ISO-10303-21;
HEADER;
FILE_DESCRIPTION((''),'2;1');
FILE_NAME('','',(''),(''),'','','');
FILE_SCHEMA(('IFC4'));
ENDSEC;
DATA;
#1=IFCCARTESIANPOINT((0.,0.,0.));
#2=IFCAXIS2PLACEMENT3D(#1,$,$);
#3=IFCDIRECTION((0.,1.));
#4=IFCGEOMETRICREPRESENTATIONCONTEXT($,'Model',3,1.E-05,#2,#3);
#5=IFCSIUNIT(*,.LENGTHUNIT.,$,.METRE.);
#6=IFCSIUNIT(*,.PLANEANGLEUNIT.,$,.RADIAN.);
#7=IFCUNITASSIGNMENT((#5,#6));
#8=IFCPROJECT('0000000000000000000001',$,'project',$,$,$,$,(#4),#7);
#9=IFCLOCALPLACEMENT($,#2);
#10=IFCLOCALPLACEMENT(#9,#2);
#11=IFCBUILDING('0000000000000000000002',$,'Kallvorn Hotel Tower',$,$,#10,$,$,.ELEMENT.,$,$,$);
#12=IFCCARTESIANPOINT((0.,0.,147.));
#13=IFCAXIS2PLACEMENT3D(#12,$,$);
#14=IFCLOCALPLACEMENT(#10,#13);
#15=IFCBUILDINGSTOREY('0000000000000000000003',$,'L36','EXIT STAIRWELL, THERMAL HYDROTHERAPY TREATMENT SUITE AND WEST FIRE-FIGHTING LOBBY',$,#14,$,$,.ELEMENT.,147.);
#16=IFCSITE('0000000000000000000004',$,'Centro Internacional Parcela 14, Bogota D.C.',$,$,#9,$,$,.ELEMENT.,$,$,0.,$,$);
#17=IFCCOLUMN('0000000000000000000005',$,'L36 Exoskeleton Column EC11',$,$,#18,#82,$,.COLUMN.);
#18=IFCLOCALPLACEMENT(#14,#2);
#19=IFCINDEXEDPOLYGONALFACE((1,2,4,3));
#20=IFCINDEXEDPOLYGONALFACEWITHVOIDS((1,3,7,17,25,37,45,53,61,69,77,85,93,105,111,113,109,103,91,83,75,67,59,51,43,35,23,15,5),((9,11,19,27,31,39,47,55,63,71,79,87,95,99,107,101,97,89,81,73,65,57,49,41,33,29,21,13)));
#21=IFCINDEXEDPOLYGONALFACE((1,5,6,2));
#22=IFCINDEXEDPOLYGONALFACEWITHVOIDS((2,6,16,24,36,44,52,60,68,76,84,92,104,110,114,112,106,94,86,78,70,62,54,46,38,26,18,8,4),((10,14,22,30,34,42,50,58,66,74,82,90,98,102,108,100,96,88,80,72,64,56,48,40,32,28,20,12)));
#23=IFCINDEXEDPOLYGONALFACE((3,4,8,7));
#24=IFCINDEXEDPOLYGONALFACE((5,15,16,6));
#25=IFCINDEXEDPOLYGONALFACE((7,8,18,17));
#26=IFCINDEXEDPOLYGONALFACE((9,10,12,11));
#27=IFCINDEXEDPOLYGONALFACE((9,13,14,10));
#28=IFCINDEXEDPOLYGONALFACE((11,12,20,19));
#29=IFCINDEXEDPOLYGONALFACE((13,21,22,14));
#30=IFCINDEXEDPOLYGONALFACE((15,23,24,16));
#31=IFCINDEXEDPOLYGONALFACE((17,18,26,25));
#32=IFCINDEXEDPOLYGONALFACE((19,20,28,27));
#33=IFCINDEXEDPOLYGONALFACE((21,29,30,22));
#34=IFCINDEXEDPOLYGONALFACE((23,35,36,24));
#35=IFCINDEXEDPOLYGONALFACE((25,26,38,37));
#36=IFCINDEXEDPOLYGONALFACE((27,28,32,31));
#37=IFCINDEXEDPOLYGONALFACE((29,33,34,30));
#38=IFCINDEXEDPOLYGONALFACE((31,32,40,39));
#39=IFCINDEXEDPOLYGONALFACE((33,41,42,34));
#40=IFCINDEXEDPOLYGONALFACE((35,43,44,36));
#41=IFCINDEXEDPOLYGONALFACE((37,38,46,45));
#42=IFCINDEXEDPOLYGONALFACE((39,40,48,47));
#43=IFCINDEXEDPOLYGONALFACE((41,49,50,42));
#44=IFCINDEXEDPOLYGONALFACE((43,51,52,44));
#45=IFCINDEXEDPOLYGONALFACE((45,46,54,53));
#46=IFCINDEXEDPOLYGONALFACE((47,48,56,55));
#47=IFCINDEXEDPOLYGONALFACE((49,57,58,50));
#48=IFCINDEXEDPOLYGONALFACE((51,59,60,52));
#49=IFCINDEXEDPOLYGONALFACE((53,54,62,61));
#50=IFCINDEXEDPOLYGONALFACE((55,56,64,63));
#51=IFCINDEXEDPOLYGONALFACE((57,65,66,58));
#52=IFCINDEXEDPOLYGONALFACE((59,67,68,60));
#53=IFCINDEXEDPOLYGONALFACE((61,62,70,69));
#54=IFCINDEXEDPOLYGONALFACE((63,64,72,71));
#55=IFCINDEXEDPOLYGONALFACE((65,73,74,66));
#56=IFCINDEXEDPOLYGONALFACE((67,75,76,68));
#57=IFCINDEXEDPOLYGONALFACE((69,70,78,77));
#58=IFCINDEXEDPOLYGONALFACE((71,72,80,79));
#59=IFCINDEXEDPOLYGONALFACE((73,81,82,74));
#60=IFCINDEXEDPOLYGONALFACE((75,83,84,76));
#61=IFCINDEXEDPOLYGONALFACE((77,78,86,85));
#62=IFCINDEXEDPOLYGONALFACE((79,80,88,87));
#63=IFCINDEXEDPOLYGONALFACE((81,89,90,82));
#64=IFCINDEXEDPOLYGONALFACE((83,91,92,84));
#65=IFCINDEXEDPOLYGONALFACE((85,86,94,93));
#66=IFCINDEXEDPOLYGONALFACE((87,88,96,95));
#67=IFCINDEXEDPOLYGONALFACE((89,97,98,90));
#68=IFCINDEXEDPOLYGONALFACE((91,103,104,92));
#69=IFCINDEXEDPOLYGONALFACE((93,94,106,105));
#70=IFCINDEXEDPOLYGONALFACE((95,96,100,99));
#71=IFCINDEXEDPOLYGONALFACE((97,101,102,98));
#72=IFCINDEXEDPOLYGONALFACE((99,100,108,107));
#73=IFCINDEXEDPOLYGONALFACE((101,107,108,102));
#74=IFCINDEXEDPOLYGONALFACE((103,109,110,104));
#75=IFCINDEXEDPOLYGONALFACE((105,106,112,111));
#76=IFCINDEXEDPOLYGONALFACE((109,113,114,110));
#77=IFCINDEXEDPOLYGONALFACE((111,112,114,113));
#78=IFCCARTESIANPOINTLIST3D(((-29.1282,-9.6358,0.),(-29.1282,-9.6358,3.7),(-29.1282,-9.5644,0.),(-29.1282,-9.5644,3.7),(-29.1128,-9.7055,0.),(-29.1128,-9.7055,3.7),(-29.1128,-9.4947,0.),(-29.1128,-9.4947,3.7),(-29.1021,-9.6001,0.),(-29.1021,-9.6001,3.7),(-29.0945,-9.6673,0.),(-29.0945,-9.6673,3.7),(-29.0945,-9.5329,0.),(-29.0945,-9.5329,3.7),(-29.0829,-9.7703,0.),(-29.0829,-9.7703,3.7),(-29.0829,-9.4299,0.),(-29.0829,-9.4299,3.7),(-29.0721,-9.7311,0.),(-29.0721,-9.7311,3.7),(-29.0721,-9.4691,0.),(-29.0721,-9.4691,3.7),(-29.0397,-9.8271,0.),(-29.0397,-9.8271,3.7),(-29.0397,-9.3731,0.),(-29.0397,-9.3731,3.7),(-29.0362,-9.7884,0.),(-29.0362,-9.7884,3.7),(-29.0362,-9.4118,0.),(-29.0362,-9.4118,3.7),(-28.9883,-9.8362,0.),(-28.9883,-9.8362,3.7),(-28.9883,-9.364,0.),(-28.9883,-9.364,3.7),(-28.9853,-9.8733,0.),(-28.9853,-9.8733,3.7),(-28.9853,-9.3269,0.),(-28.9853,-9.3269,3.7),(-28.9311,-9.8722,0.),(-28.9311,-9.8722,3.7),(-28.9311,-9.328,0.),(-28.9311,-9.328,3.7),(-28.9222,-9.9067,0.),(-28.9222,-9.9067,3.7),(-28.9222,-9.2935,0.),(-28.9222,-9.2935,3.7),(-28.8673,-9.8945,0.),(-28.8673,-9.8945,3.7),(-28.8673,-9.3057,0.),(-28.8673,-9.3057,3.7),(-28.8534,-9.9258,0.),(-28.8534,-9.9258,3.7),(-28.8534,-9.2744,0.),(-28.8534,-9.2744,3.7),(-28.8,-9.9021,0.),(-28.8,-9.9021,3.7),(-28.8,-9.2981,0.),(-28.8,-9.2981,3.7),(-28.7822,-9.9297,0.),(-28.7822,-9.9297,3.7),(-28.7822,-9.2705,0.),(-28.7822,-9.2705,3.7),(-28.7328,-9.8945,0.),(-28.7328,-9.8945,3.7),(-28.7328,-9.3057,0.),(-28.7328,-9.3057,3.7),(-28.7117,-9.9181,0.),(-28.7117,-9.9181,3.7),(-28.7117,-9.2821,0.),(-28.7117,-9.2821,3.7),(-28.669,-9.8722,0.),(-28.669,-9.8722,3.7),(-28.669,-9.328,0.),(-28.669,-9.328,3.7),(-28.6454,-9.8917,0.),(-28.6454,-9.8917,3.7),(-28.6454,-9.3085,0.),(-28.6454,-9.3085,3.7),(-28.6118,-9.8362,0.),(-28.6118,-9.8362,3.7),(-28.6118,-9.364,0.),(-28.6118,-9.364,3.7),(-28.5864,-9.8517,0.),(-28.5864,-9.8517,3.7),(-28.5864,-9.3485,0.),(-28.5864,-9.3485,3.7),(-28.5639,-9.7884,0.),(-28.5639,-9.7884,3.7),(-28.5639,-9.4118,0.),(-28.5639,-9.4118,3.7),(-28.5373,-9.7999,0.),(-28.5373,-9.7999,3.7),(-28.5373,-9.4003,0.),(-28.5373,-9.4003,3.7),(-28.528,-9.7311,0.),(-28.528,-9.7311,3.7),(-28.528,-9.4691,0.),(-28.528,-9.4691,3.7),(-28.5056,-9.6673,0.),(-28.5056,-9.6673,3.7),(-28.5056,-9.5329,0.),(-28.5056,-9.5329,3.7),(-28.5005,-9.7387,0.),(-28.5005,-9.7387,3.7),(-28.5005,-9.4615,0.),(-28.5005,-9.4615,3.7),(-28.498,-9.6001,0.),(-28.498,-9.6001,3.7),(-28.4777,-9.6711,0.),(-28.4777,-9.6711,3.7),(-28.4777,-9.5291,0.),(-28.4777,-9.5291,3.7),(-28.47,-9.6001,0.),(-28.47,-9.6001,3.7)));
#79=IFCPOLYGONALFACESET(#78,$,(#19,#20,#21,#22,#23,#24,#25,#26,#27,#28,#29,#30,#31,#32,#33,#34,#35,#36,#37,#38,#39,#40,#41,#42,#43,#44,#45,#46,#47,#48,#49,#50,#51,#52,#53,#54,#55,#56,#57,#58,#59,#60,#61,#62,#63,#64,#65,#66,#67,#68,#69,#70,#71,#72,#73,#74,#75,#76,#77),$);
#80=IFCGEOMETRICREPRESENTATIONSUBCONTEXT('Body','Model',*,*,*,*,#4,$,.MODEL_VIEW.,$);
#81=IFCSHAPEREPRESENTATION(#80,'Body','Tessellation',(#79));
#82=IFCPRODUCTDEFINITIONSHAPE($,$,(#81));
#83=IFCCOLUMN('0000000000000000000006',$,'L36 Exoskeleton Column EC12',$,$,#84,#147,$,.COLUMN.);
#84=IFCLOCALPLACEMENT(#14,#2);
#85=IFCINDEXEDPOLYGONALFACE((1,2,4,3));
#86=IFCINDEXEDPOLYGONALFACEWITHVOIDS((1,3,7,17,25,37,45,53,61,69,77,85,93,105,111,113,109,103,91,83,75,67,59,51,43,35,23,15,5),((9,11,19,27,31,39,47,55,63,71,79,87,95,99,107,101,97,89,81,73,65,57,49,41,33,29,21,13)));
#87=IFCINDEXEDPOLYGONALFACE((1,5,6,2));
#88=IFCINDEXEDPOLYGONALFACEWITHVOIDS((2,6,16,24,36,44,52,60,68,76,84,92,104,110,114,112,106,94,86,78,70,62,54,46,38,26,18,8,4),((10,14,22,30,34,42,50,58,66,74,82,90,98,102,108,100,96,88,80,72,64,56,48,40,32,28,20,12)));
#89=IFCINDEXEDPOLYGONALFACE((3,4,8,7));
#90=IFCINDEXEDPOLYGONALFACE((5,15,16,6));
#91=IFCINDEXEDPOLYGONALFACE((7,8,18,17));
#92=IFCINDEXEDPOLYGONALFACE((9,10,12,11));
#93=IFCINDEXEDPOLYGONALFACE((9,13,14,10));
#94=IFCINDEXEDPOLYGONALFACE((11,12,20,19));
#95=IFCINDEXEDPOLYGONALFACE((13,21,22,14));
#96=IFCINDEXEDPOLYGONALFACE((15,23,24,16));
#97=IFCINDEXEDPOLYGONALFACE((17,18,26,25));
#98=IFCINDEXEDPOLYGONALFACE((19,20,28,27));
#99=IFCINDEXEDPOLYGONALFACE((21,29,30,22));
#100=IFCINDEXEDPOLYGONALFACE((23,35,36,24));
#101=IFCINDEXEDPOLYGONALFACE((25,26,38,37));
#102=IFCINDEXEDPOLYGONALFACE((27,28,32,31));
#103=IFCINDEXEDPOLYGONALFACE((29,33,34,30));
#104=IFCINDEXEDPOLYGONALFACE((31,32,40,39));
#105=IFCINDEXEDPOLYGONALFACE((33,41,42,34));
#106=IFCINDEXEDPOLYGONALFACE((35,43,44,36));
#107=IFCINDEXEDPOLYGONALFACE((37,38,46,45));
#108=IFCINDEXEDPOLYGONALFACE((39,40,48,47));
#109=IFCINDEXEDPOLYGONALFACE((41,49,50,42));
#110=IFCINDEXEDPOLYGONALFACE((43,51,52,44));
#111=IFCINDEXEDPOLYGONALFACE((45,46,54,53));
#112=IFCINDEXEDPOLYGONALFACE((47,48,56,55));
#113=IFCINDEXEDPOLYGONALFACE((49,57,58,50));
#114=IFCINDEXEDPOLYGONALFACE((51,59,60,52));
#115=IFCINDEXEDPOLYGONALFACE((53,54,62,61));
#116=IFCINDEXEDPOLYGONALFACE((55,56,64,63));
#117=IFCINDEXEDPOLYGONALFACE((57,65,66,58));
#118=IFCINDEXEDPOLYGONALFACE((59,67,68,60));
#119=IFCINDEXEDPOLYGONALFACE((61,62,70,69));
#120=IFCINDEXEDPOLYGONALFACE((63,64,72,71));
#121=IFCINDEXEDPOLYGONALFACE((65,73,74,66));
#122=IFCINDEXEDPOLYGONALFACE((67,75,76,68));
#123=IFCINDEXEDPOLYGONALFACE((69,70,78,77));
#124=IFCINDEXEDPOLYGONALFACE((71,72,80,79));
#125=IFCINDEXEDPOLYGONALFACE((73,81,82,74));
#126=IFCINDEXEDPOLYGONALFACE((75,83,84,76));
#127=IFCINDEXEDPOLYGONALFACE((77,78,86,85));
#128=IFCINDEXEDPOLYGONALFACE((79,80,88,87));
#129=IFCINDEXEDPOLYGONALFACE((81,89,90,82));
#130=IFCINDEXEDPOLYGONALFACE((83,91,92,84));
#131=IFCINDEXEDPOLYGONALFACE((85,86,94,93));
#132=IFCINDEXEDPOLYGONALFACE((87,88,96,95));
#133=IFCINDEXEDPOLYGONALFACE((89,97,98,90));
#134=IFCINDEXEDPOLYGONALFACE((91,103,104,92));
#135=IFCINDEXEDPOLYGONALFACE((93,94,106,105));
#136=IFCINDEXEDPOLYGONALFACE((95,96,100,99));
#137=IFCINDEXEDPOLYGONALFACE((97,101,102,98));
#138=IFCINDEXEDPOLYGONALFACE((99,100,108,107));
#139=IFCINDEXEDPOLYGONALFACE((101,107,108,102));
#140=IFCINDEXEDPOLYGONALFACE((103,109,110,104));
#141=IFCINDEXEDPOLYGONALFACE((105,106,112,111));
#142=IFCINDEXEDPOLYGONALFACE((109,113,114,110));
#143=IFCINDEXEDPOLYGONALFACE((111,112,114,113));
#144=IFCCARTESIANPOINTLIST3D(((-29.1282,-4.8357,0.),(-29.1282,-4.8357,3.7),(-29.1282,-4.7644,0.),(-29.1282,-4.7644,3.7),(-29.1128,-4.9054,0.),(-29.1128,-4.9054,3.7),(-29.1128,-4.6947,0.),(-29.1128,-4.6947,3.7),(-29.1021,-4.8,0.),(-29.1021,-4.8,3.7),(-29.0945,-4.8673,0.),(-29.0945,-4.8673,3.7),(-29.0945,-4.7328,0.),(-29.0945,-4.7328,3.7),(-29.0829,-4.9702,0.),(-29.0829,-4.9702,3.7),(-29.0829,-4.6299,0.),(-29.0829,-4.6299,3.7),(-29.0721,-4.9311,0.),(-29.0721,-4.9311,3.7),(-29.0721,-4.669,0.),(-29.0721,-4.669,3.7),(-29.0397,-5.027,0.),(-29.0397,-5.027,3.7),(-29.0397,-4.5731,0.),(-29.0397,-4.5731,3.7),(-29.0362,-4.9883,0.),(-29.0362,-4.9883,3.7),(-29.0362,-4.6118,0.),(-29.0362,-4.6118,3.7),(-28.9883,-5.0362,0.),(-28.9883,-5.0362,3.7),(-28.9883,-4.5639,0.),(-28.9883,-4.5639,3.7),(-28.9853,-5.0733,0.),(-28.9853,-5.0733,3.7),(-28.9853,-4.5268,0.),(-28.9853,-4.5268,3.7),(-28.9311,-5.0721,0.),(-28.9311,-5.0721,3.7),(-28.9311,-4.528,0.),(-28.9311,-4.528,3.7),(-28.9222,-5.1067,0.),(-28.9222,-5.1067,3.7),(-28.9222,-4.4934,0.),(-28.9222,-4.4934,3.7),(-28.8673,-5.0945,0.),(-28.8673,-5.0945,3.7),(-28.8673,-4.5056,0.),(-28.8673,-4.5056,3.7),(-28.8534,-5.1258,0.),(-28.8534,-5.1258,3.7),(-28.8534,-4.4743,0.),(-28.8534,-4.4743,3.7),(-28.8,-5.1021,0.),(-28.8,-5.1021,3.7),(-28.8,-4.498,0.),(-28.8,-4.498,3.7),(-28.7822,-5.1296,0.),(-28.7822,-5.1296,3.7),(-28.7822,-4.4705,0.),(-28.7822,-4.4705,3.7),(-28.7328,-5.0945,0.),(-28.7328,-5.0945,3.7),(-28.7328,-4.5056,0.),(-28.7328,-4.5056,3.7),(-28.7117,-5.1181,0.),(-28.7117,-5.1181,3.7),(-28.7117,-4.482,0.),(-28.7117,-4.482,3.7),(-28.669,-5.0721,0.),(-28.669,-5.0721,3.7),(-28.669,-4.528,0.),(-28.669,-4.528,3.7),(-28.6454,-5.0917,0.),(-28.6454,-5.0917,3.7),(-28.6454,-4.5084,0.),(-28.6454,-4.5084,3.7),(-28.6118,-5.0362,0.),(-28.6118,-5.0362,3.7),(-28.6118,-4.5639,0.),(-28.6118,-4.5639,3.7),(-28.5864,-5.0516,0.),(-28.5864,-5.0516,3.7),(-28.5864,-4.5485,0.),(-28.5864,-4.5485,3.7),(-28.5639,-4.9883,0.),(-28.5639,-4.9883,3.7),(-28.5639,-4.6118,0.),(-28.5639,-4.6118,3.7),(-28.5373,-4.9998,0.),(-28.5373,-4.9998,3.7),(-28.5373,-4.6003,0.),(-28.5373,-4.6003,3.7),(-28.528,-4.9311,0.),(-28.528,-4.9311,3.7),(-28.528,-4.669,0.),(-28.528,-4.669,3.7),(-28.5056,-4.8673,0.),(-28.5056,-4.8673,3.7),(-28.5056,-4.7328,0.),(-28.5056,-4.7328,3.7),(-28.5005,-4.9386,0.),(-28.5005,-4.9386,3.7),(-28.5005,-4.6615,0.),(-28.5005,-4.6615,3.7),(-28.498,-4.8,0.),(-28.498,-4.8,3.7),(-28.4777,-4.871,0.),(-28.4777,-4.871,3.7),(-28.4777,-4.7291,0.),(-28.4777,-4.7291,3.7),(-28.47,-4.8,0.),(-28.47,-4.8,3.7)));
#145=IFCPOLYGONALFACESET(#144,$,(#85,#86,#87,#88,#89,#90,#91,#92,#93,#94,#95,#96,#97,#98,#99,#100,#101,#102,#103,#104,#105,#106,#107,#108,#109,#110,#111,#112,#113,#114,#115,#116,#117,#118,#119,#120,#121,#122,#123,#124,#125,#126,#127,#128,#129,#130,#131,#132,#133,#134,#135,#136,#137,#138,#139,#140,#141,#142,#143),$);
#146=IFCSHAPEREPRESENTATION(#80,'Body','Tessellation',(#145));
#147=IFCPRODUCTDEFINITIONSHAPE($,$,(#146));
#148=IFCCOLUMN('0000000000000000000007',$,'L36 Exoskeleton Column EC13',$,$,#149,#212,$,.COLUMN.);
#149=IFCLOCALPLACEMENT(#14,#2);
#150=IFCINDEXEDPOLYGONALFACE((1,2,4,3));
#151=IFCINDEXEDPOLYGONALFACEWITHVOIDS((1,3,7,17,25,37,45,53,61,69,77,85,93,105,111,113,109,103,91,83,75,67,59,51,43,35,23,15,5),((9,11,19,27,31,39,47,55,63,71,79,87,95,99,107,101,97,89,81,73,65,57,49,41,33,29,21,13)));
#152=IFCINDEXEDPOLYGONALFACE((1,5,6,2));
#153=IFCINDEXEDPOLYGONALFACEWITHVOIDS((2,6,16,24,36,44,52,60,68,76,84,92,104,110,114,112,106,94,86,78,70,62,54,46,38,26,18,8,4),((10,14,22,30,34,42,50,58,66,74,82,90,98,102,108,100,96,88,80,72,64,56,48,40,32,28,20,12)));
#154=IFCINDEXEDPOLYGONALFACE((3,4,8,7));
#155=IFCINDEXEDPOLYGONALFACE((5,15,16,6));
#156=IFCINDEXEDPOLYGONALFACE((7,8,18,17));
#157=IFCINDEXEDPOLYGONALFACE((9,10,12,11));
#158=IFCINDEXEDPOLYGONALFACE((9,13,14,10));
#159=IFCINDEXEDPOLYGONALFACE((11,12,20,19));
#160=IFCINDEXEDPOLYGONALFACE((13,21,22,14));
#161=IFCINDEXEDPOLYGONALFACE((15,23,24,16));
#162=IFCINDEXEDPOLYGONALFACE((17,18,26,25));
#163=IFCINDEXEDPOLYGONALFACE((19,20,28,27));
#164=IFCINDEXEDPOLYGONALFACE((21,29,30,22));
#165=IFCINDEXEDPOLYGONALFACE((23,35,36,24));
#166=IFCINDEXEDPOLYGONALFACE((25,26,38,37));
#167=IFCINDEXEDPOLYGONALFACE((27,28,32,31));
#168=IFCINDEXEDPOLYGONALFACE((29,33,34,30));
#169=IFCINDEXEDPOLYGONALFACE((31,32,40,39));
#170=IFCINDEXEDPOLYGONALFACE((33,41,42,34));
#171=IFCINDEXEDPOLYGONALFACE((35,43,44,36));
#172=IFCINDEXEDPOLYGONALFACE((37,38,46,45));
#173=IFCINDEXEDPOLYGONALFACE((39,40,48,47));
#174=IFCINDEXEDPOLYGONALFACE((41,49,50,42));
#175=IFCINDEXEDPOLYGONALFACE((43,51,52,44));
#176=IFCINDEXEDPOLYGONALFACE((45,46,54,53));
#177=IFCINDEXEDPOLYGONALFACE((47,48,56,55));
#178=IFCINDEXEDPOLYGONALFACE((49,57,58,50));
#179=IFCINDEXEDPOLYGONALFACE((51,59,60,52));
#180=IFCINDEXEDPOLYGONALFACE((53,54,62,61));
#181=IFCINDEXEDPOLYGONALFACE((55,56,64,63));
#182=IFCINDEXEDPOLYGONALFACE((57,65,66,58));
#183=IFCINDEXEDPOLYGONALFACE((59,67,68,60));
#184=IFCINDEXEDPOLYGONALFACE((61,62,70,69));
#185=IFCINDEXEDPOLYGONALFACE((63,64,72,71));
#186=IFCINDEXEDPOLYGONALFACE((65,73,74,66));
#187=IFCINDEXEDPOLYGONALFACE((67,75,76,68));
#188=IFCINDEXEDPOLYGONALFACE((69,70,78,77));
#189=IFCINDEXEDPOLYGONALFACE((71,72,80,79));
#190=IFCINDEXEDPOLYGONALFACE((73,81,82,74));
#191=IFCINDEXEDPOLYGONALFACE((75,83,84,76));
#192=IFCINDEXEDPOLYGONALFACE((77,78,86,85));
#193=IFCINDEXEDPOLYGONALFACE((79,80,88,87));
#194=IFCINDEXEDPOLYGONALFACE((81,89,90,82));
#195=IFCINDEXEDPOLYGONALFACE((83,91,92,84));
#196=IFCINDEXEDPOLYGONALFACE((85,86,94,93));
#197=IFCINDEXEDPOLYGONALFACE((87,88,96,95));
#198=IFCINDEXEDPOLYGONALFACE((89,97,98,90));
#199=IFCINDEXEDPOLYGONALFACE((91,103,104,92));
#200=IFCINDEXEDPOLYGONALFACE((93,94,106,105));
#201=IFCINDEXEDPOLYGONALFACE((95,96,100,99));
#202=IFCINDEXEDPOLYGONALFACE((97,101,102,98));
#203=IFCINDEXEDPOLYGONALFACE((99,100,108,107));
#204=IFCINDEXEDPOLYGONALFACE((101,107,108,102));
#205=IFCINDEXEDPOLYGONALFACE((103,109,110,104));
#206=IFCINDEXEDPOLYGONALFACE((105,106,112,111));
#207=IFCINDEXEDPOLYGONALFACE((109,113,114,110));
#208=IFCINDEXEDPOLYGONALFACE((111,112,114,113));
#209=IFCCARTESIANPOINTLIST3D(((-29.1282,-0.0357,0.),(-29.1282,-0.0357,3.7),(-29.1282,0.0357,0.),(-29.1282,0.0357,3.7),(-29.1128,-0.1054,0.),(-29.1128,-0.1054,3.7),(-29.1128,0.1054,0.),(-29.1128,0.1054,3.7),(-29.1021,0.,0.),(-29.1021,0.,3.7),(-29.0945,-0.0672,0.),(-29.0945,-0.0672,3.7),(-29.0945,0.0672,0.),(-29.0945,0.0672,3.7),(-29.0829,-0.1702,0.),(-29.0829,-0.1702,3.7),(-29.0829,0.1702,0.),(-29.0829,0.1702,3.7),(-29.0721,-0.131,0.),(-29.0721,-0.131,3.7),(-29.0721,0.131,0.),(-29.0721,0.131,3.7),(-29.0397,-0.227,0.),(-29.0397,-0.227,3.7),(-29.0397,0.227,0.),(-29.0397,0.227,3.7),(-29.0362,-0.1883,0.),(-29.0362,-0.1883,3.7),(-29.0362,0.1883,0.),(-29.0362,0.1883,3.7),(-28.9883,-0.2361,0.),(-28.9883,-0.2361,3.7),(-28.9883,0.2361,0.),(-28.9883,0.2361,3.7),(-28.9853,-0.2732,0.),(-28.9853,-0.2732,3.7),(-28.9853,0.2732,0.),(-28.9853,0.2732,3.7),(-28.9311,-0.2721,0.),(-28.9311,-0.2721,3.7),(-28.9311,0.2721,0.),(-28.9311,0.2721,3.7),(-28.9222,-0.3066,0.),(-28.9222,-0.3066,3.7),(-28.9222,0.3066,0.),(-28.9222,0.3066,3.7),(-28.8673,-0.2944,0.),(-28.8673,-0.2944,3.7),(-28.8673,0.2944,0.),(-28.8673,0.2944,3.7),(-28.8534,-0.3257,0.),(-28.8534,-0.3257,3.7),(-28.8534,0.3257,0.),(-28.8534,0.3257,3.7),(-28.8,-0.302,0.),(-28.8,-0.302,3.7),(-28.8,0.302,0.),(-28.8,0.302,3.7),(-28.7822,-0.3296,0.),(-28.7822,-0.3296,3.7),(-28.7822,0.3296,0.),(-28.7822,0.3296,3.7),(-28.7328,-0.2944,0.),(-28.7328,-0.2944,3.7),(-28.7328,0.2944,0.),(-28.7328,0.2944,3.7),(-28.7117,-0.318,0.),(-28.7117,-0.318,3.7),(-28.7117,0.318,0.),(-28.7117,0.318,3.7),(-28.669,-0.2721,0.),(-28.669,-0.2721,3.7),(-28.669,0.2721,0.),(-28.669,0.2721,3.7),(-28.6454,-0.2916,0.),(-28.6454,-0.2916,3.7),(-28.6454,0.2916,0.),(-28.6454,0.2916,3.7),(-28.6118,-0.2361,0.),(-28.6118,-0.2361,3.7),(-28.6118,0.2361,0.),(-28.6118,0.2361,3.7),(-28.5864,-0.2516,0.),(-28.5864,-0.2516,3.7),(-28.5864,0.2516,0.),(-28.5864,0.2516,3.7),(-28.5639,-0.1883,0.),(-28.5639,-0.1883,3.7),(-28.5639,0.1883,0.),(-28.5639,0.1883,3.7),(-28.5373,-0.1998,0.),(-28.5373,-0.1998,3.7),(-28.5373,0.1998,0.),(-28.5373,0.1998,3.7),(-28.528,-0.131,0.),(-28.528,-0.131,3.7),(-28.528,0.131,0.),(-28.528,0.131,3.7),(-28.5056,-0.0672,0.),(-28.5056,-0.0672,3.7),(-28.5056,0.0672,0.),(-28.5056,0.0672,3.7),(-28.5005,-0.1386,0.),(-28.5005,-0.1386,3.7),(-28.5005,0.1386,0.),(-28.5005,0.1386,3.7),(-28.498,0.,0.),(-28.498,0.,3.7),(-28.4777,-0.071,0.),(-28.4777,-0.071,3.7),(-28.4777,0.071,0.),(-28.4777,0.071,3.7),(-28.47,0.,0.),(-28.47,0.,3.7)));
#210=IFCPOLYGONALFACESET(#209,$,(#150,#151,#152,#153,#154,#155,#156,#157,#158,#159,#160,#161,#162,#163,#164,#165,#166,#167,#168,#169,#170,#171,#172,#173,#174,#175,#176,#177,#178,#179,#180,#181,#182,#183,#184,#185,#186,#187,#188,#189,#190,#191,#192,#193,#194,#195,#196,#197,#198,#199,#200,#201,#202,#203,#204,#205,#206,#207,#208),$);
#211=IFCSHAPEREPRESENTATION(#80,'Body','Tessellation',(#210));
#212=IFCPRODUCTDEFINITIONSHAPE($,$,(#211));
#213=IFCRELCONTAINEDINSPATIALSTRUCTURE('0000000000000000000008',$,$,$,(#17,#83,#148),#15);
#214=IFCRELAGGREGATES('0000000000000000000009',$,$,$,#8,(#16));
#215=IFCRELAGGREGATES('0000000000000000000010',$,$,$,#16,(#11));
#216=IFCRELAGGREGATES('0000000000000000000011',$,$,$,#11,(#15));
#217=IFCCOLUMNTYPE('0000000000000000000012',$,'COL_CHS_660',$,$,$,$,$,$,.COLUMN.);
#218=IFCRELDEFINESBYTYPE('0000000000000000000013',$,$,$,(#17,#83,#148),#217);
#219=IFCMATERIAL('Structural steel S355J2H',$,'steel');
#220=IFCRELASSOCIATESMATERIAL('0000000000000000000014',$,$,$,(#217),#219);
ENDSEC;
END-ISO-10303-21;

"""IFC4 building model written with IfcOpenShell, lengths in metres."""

from ifc_helpers import new_model, si_unit, direction, frame, origin, origin_2d, place, context, subcontext, project, spatial, hollow_circle, extrude, material, material_profile, profile_set, type_object, element, save


model = new_model("IFC4")

# Units and contexts
model_context = context("Model", 3, precision=1e-05, world=origin(), true_north=direction((0.0, 1.0)))
body_context = subcontext(model_context, "Body", "Model", "MODEL_VIEW")
ifc_project = project(units=[si_unit("LENGTHUNIT", "METRE"), si_unit("PLANEANGLEUNIT", "RADIAN")], contexts=[model_context])

# Site, building, storey
site_placement = place(None, origin())
site = spatial("IfcSite", under=ifc_project, at=site_placement, Name="Centro Internacional Parcela 14, Bogota D.C.", CompositionType="ELEMENT", RefElevation=0.0)
building_placement = place(site_placement, origin())
building = spatial("IfcBuilding", under=site, at=building_placement, Name="Kallvorn Hotel Tower", CompositionType="ELEMENT")
storey_placement = place(building_placement, frame((0.0, 0.0, 147.0)))
storey = spatial("IfcBuildingStorey", under=building, at=storey_placement, Name="L36", Description="EXIT STAIRWELL, THERMAL HYDROTHERAPY TREATMENT SUITE AND WEST FIRE-FIGHTING LOBBY", CompositionType="ELEMENT", Elevation=147.0)

# Columns
ifc_material_1 = material(Name="Structural steel S355J2H", Category="steel")
ifc_material_profile_1 = material_profile(ifc_material_1, hollow_circle(Radius=0.3301, WallThickness=0.0281, at=origin_2d()), Name="CHS 660x28")
ifc_profile_set_1 = profile_set([ifc_material_profile_1], Name="Structural steel S355J2H")
column_type_1 = type_object("IfcColumnType", Name="COL_CHS_660", PredefinedType="COLUMN", material=ifc_profile_set_1)
for number, where, z_axis, x_axis, name in (
    (1, (-28.8, -9.6001, 0.0), (0.0, 0.0, 1.0), (1.0, 0.0, 0.0), "L36 Exoskeleton Column EC11"),
    (2, (-28.8, -4.8, 0.0), (0.0, 0.0, 1.0), (1.0, 0.0, 0.0), "L36 Exoskeleton Column EC12"),
    (3, (-28.8, 0.0, 0.0), (0.0, 0.0, 1.0), (1.0, 0.0, 0.0), "L36 Exoskeleton Column EC13"),
):
    element("IfcColumn", number, at=place(storey_placement, frame(where, z_axis=z_axis, x_axis=x_axis)), inside=storey, type_object=column_type_1, Name=name, PredefinedType="COLUMN", context=body_context, shape_type="SweptSolid", body=[
        extrude(hollow_circle(Radius=0.3301, WallThickness=0.0281, at=origin_2d()), origin(), (0.0, 0.0, 1.0), 3.7),
    ])

save(model, "model.ifc")
